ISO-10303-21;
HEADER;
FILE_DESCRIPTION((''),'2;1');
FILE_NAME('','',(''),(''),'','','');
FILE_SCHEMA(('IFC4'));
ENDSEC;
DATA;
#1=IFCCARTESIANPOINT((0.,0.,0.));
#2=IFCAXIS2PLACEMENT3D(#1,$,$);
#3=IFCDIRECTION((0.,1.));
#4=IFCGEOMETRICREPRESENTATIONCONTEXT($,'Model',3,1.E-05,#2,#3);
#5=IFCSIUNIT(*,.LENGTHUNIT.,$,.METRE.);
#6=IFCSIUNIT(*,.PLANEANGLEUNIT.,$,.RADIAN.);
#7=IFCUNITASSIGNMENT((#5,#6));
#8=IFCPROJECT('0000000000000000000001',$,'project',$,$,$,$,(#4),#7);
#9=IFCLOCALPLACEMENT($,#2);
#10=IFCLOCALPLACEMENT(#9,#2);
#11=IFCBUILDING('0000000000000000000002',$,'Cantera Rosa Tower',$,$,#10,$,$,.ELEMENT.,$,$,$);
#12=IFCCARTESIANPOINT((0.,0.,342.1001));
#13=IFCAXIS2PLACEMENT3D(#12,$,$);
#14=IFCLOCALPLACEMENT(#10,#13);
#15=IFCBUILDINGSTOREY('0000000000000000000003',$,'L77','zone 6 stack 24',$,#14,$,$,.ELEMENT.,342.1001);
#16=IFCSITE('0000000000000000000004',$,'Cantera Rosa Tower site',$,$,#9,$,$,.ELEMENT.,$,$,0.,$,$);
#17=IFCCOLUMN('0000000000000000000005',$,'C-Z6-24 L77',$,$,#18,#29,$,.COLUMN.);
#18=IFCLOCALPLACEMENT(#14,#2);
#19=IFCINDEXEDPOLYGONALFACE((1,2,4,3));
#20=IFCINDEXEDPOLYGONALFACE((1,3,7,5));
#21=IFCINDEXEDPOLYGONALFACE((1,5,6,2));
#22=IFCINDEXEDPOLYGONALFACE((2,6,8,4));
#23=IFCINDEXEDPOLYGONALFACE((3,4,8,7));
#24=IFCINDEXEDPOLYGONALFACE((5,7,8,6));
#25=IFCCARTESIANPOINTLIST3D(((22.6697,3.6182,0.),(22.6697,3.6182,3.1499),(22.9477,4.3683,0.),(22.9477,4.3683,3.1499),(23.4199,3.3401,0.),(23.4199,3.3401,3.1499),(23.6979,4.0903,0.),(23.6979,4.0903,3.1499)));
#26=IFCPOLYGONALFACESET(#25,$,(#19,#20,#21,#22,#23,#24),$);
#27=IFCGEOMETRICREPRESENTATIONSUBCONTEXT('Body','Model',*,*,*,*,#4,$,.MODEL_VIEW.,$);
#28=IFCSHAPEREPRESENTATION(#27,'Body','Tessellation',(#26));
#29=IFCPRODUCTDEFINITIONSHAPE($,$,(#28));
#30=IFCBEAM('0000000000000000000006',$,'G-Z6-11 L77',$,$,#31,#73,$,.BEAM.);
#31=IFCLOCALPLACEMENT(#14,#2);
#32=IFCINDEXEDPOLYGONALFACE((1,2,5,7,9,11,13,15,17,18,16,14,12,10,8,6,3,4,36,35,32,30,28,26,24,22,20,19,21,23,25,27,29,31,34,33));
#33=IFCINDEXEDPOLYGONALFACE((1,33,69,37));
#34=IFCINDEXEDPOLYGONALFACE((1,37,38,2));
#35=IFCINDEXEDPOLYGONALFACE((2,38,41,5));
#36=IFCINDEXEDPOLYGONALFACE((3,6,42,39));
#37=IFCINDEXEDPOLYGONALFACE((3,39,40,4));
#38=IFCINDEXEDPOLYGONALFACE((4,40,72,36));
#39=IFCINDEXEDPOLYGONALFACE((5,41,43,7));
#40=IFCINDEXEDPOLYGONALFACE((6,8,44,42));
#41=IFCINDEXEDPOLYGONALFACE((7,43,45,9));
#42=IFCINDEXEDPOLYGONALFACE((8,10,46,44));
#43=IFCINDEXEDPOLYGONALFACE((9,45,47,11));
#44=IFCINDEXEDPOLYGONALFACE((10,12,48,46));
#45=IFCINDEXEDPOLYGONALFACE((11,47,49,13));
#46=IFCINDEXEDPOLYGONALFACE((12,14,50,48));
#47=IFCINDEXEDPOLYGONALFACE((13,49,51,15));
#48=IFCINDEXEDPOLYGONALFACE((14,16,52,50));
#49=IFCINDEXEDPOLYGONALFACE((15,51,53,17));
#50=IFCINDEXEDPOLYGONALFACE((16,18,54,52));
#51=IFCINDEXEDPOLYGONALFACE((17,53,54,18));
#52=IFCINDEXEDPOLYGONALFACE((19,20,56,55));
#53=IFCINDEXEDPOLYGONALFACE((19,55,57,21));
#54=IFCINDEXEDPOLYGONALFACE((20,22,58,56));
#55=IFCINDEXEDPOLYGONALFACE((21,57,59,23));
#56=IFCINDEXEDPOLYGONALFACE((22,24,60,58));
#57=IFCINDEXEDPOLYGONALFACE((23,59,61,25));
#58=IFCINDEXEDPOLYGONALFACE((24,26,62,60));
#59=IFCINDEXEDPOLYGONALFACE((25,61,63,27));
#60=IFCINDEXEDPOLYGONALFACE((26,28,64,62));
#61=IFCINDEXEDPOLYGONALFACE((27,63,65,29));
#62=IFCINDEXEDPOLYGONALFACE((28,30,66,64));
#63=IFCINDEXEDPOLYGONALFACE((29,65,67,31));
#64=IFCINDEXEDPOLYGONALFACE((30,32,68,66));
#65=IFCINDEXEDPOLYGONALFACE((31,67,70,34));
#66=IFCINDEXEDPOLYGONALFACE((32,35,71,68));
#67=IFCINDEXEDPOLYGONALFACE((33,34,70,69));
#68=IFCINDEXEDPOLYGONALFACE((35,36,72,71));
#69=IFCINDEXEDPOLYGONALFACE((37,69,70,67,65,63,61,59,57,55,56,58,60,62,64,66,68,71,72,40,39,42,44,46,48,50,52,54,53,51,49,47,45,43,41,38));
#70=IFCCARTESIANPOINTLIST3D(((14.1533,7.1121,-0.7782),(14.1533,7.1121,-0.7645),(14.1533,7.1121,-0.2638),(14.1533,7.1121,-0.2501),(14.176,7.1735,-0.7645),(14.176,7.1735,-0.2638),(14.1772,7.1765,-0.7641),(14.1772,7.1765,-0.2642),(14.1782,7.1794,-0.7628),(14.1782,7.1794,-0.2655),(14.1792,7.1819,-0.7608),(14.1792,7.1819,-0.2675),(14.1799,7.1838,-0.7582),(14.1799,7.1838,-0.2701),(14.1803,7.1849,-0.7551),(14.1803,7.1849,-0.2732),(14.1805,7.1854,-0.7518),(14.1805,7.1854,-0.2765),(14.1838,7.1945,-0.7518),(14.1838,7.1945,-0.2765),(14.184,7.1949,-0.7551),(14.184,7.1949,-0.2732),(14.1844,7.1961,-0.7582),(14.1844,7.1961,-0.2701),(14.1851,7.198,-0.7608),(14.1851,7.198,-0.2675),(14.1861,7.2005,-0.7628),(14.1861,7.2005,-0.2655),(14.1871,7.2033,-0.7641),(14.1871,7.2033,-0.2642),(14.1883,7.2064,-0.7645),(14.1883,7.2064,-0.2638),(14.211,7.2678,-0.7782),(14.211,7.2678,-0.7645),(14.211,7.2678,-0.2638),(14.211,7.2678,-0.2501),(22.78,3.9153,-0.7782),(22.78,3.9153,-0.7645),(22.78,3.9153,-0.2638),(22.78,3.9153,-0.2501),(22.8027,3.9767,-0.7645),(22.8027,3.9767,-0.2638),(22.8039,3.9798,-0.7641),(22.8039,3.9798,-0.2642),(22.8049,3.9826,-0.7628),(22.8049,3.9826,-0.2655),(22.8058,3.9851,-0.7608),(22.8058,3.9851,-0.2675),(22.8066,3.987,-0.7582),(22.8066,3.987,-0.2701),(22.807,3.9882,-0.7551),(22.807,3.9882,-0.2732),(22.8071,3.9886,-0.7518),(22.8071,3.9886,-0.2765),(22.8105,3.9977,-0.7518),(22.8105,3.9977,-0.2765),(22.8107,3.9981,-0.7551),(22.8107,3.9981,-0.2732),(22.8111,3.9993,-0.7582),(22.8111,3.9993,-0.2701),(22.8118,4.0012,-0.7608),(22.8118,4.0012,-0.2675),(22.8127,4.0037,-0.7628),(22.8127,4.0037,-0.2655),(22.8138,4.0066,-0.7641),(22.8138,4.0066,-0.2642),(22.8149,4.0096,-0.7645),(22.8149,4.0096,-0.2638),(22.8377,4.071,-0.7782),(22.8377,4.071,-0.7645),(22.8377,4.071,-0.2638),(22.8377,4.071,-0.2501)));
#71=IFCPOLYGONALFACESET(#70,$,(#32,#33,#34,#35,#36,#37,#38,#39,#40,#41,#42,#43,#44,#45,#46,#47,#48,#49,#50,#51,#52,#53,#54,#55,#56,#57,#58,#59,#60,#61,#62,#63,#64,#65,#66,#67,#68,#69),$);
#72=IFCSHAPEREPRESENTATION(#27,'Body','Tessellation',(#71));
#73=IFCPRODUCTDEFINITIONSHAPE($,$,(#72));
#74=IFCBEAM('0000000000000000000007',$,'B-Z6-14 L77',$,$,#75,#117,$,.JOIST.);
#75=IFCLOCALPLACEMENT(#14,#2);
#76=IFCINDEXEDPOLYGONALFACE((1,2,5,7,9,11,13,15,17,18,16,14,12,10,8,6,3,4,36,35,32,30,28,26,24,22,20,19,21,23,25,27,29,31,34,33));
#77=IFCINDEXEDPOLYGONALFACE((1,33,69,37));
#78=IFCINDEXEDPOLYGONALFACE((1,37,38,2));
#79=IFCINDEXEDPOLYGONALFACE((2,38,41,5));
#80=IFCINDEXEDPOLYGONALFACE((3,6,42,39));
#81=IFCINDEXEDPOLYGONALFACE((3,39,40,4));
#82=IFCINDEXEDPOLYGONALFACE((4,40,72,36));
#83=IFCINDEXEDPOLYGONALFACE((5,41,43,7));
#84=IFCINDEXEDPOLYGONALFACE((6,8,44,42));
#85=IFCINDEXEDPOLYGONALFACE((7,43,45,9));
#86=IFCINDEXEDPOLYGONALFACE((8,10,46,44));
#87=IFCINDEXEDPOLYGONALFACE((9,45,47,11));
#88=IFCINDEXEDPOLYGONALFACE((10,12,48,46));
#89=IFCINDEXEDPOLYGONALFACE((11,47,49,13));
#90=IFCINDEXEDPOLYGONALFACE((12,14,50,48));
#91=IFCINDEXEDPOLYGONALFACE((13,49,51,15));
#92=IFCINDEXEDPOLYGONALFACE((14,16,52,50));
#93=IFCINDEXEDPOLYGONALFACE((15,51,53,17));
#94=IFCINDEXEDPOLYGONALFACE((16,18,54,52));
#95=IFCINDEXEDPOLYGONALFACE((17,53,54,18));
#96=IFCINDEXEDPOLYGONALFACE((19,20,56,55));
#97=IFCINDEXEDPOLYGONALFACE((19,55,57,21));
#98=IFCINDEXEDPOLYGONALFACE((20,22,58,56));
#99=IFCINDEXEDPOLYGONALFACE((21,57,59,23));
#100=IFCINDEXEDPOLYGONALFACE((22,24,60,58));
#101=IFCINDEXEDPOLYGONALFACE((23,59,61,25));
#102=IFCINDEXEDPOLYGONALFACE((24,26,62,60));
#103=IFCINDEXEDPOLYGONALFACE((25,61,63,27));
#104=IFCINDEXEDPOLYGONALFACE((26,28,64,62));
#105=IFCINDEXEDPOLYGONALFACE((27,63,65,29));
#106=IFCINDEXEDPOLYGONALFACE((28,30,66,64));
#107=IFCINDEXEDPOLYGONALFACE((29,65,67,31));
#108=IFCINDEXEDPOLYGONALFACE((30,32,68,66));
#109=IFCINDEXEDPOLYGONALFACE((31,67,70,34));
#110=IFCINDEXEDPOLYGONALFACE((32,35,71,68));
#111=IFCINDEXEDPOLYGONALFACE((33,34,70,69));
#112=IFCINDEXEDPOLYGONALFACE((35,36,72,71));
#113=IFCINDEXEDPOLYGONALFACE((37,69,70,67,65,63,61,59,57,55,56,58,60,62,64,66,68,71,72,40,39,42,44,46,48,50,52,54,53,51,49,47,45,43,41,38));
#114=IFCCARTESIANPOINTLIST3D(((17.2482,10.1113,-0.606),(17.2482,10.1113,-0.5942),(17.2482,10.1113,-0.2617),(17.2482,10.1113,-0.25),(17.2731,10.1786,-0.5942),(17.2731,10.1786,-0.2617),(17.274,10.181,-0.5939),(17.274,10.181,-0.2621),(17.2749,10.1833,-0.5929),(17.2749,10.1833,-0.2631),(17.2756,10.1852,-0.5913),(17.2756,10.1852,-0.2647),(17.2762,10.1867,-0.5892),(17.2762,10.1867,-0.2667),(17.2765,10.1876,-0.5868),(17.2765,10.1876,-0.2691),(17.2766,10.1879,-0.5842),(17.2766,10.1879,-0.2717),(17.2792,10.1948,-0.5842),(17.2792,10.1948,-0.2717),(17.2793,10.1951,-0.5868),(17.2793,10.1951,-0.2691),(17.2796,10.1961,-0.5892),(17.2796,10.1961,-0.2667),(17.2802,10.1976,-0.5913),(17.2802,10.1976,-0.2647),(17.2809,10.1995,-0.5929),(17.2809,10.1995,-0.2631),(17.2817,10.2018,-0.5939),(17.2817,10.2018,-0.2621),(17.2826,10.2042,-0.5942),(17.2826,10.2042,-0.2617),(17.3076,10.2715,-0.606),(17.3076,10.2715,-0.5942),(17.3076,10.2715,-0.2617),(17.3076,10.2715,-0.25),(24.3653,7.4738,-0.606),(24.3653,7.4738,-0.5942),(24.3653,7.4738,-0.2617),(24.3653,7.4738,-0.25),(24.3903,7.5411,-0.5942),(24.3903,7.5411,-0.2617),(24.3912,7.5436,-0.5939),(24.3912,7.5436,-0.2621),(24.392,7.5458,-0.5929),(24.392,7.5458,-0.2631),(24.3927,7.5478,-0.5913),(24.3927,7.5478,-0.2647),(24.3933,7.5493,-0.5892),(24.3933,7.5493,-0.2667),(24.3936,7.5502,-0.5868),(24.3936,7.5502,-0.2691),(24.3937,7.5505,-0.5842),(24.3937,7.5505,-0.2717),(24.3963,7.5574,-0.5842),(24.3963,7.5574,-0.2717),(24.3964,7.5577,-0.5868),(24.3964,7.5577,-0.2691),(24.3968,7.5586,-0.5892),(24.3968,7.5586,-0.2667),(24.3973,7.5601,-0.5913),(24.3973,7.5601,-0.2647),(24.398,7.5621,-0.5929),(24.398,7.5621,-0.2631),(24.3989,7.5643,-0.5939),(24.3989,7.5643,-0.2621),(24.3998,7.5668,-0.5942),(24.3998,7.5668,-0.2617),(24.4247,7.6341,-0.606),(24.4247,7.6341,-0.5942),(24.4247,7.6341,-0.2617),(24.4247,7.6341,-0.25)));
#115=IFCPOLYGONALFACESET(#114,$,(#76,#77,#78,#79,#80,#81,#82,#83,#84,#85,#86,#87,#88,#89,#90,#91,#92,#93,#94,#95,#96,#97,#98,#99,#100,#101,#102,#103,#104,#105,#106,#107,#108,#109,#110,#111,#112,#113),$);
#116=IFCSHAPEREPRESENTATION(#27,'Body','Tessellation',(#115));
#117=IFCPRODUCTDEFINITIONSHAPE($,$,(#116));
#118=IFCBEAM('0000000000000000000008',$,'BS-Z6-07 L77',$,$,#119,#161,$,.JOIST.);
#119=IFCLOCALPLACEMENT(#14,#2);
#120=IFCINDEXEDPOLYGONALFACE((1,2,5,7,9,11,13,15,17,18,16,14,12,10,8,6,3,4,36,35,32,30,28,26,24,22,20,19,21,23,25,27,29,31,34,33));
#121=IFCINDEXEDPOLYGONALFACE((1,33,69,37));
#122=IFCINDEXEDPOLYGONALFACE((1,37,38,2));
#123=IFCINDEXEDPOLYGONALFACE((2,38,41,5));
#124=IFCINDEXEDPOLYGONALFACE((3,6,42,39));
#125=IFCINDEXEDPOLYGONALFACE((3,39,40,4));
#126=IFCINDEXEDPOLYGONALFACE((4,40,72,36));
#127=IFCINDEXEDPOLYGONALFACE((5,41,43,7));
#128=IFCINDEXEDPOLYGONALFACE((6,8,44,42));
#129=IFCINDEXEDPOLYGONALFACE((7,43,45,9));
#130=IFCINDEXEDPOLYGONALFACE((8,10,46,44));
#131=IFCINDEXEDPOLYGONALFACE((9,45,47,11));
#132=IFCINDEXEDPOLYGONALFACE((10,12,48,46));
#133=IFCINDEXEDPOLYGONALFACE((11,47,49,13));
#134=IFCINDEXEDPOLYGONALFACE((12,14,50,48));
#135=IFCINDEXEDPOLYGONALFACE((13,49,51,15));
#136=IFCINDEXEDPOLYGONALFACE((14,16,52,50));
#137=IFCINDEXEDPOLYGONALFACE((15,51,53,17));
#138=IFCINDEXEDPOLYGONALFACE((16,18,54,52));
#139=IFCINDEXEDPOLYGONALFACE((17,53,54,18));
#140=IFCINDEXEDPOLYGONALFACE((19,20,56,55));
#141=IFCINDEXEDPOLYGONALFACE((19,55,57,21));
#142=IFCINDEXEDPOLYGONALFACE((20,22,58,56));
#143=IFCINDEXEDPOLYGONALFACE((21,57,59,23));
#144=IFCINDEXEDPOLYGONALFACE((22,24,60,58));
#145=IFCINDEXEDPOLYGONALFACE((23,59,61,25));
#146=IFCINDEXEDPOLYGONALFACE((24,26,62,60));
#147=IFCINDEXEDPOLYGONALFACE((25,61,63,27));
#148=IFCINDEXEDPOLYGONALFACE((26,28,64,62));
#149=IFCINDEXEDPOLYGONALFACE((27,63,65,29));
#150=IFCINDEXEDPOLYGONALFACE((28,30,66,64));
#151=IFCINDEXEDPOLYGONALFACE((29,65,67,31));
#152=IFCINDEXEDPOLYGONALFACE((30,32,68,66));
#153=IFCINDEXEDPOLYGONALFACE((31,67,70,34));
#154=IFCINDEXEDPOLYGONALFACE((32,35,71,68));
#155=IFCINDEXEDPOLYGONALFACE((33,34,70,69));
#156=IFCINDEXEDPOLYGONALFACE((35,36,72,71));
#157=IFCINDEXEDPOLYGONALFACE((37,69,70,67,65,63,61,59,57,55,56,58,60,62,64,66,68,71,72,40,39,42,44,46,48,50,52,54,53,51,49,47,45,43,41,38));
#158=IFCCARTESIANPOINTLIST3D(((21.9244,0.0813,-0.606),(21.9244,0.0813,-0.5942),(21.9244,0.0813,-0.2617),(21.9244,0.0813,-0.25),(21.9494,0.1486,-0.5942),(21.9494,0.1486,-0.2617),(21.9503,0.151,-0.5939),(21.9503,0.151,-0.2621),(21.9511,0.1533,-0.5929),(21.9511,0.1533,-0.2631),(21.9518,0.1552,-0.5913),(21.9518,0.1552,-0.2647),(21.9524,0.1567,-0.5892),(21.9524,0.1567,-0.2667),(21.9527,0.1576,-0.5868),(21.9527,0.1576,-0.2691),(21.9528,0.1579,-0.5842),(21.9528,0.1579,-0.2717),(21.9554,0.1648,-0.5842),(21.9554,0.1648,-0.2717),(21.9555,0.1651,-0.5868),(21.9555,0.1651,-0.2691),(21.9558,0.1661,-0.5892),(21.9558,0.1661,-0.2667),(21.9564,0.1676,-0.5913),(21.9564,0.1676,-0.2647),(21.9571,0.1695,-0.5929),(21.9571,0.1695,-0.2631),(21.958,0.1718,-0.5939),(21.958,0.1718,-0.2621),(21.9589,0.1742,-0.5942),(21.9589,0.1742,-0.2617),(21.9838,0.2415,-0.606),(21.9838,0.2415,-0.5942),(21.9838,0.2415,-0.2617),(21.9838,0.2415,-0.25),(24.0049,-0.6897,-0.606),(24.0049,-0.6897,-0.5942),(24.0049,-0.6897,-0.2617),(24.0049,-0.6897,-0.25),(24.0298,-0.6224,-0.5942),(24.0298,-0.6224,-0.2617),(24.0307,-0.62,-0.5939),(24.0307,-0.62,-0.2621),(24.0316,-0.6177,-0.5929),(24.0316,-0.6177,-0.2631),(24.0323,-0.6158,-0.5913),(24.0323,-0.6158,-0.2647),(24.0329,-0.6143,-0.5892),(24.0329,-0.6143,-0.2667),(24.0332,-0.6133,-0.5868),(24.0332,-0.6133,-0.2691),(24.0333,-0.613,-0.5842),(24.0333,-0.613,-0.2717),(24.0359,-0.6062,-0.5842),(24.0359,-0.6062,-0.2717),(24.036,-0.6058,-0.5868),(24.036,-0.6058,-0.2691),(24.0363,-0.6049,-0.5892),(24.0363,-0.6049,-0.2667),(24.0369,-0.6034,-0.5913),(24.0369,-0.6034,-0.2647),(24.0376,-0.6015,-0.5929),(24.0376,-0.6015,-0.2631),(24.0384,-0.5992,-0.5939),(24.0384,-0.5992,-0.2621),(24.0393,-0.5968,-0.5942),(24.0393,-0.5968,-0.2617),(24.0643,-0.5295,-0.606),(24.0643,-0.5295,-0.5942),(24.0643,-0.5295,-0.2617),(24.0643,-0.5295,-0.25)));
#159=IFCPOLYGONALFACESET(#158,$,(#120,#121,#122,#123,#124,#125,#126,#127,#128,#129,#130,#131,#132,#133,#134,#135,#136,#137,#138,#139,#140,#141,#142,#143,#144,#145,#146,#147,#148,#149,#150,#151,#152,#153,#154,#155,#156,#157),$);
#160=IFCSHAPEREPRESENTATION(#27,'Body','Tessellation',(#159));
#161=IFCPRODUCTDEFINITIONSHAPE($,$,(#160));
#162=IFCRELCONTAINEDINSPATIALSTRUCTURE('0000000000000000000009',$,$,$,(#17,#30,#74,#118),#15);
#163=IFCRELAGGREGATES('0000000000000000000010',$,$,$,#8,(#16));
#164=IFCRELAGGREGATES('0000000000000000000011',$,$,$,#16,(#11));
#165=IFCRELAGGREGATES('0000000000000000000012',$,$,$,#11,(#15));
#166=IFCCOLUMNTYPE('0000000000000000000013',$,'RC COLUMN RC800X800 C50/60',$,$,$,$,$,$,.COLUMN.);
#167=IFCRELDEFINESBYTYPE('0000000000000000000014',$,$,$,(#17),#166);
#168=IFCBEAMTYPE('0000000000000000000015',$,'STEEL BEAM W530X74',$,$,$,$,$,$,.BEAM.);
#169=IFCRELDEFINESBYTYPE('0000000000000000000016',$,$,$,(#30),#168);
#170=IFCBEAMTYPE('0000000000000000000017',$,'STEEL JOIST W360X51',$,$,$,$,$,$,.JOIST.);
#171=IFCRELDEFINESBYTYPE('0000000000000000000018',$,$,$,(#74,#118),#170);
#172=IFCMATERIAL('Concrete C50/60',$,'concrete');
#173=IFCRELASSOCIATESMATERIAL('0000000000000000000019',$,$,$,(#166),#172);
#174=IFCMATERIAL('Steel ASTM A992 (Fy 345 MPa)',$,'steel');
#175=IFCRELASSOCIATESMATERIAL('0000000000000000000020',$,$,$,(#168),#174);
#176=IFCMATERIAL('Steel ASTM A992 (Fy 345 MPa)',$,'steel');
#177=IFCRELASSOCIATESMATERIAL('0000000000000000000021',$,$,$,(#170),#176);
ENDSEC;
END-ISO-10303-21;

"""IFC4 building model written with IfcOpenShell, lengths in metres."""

from ifc_helpers import new_model, si_unit, direction, frame, origin, origin_2d, place, context, subcontext, project, spatial, rectangle, i_section, extrude, material, material_profile, profile_set, type_object, element, save


model = new_model("IFC4")

# Units and contexts
model_context = context("Model", 3, precision=1e-05, world=origin(), true_north=direction((0.0, 1.0)))
body_context = subcontext(model_context, "Body", "Model", "MODEL_VIEW")
ifc_project = project(units=[si_unit("LENGTHUNIT", "METRE"), si_unit("PLANEANGLEUNIT", "RADIAN")], contexts=[model_context])

# Site, building, storey
site_placement = place(None, origin())
site = spatial("IfcSite", under=ifc_project, at=site_placement, Name="Cantera Rosa Tower site", CompositionType="ELEMENT", RefElevation=0.0)
building_placement = place(site_placement, origin())
building = spatial("IfcBuilding", under=site, at=building_placement, Name="Cantera Rosa Tower", CompositionType="ELEMENT")
storey_placement = place(building_placement, frame((0.0, 0.0, 342.1001)))
storey = spatial("IfcBuildingStorey", under=building, at=storey_placement, Name="L77", Description="zone 6 stack 24", CompositionType="ELEMENT", Elevation=342.1001)

# Column
ifc_material_1 = material(Name="Concrete C50/60", Category="concrete")
ifc_material_profile_1 = material_profile(ifc_material_1, rectangle(XDim=0.8, YDim=0.8, at=origin_2d()), Name="RC COLUMN RC800X800 C50/60")
ifc_profile_set_1 = profile_set([ifc_material_profile_1], Name="Concrete C50/60")
column_type = type_object("IfcColumnType", Name="RC COLUMN RC800X800 C50/60", PredefinedType="COLUMN", material=ifc_profile_set_1)
column_placement = place(storey_placement, frame((23.1838, 3.8542, 0.0), z_axis=(0.0, 0.0, 1.0), x_axis=(0.347481, 0.937687, 0.0)))
element("IfcColumn", 1, at=column_placement, inside=storey, type_object=column_type, Name="C-Z6-24 L77", PredefinedType="COLUMN", context=body_context, shape_type="SweptSolid", body=[
    extrude(rectangle(XDim=0.8, YDim=0.8, at=origin_2d()), origin(), (0.0, 0.0, 1.0), 3.1499),
])

# Beams
ifc_material_2 = material(Name="Steel ASTM A992 (Fy 345 MPa)", Category="steel")
ifc_material_profile_2 = material_profile(ifc_material_2, i_section(OverallWidth=0.166, OverallDepth=0.5281, WebThickness=0.0098, FlangeThickness=0.0137, FilletRadius=0.0127, at=origin_2d()), Name="W530X74")
ifc_profile_set_2 = profile_set([ifc_material_profile_2], Name="Steel ASTM A992 (Fy 345 MPa)")
beam_type_1 = type_object("IfcBeamType", Name="STEEL BEAM W530X74", PredefinedType="BEAM", material=ifc_profile_set_2)
beam_1_placement = place(storey_placement, frame((22.8088, 3.9932, -0.5142), z_axis=(-0.937689, 0.347477, 0.0), x_axis=(-0.347477, -0.937689, 0.0)))
element("IfcBeam", 2, at=beam_1_placement, inside=storey, type_object=beam_type_1, Name="G-Z6-11 L77", PredefinedType="BEAM", context=body_context, shape_type="SweptSolid", body=[
    extrude(i_section(OverallWidth=0.166, OverallDepth=0.5281, WebThickness=0.0098, FlangeThickness=0.0137, FilletRadius=0.0127, at=origin_2d()), origin(), (0.0, 0.0, 1.0), 9.2),
])
ifc_material_3 = material(Name="Steel ASTM A992 (Fy 345 MPa)", Category="steel")
ifc_material_profile_3 = material_profile(ifc_material_3, i_section(OverallWidth=0.1709, OverallDepth=0.356, WebThickness=0.0073, FlangeThickness=0.0117, FilletRadius=0.01, at=origin_2d()), Name="W360X51")
ifc_profile_set_3 = profile_set([ifc_material_profile_3], Name="Steel ASTM A992 (Fy 345 MPa)")
beam_type_2 = type_object("IfcBeamType", Name="STEEL JOIST W360X51", PredefinedType="JOIST", material=ifc_profile_set_3)
beam_2_placement = place(storey_placement, frame((24.395, 7.554, -0.428), z_axis=(-0.937686, 0.347483, 0.0), x_axis=(-0.347483, -0.937686, 0.0)))
element("IfcBeam", 3, at=beam_2_placement, inside=storey, type_object=beam_type_2, Name="B-Z6-14 L77", PredefinedType="JOIST", context=body_context, shape_type="SweptSolid", body=[
    extrude(i_section(OverallWidth=0.1709, OverallDepth=0.356, WebThickness=0.0073, FlangeThickness=0.0117, FilletRadius=0.01, at=origin_2d()), origin(), (0.0, 0.0, 1.0), 7.5901),
])
beam_3_placement = place(storey_placement, frame((21.9541, 0.1614, -0.428), z_axis=(0.937688, -0.347479, 0.0), x_axis=(0.347479, 0.937688, 0.0)))
element("IfcBeam", 4, at=beam_3_placement, inside=storey, type_object=beam_type_2, Name="BS-Z6-07 L77", PredefinedType="JOIST", context=body_context, shape_type="SweptSolid", body=[
    extrude(i_section(OverallWidth=0.1709, OverallDepth=0.356, WebThickness=0.0073, FlangeThickness=0.0117, FilletRadius=0.01, at=origin_2d()), origin(), (0.0, 0.0, 1.0), 2.2188),
])

save(model, "model.ifc")
